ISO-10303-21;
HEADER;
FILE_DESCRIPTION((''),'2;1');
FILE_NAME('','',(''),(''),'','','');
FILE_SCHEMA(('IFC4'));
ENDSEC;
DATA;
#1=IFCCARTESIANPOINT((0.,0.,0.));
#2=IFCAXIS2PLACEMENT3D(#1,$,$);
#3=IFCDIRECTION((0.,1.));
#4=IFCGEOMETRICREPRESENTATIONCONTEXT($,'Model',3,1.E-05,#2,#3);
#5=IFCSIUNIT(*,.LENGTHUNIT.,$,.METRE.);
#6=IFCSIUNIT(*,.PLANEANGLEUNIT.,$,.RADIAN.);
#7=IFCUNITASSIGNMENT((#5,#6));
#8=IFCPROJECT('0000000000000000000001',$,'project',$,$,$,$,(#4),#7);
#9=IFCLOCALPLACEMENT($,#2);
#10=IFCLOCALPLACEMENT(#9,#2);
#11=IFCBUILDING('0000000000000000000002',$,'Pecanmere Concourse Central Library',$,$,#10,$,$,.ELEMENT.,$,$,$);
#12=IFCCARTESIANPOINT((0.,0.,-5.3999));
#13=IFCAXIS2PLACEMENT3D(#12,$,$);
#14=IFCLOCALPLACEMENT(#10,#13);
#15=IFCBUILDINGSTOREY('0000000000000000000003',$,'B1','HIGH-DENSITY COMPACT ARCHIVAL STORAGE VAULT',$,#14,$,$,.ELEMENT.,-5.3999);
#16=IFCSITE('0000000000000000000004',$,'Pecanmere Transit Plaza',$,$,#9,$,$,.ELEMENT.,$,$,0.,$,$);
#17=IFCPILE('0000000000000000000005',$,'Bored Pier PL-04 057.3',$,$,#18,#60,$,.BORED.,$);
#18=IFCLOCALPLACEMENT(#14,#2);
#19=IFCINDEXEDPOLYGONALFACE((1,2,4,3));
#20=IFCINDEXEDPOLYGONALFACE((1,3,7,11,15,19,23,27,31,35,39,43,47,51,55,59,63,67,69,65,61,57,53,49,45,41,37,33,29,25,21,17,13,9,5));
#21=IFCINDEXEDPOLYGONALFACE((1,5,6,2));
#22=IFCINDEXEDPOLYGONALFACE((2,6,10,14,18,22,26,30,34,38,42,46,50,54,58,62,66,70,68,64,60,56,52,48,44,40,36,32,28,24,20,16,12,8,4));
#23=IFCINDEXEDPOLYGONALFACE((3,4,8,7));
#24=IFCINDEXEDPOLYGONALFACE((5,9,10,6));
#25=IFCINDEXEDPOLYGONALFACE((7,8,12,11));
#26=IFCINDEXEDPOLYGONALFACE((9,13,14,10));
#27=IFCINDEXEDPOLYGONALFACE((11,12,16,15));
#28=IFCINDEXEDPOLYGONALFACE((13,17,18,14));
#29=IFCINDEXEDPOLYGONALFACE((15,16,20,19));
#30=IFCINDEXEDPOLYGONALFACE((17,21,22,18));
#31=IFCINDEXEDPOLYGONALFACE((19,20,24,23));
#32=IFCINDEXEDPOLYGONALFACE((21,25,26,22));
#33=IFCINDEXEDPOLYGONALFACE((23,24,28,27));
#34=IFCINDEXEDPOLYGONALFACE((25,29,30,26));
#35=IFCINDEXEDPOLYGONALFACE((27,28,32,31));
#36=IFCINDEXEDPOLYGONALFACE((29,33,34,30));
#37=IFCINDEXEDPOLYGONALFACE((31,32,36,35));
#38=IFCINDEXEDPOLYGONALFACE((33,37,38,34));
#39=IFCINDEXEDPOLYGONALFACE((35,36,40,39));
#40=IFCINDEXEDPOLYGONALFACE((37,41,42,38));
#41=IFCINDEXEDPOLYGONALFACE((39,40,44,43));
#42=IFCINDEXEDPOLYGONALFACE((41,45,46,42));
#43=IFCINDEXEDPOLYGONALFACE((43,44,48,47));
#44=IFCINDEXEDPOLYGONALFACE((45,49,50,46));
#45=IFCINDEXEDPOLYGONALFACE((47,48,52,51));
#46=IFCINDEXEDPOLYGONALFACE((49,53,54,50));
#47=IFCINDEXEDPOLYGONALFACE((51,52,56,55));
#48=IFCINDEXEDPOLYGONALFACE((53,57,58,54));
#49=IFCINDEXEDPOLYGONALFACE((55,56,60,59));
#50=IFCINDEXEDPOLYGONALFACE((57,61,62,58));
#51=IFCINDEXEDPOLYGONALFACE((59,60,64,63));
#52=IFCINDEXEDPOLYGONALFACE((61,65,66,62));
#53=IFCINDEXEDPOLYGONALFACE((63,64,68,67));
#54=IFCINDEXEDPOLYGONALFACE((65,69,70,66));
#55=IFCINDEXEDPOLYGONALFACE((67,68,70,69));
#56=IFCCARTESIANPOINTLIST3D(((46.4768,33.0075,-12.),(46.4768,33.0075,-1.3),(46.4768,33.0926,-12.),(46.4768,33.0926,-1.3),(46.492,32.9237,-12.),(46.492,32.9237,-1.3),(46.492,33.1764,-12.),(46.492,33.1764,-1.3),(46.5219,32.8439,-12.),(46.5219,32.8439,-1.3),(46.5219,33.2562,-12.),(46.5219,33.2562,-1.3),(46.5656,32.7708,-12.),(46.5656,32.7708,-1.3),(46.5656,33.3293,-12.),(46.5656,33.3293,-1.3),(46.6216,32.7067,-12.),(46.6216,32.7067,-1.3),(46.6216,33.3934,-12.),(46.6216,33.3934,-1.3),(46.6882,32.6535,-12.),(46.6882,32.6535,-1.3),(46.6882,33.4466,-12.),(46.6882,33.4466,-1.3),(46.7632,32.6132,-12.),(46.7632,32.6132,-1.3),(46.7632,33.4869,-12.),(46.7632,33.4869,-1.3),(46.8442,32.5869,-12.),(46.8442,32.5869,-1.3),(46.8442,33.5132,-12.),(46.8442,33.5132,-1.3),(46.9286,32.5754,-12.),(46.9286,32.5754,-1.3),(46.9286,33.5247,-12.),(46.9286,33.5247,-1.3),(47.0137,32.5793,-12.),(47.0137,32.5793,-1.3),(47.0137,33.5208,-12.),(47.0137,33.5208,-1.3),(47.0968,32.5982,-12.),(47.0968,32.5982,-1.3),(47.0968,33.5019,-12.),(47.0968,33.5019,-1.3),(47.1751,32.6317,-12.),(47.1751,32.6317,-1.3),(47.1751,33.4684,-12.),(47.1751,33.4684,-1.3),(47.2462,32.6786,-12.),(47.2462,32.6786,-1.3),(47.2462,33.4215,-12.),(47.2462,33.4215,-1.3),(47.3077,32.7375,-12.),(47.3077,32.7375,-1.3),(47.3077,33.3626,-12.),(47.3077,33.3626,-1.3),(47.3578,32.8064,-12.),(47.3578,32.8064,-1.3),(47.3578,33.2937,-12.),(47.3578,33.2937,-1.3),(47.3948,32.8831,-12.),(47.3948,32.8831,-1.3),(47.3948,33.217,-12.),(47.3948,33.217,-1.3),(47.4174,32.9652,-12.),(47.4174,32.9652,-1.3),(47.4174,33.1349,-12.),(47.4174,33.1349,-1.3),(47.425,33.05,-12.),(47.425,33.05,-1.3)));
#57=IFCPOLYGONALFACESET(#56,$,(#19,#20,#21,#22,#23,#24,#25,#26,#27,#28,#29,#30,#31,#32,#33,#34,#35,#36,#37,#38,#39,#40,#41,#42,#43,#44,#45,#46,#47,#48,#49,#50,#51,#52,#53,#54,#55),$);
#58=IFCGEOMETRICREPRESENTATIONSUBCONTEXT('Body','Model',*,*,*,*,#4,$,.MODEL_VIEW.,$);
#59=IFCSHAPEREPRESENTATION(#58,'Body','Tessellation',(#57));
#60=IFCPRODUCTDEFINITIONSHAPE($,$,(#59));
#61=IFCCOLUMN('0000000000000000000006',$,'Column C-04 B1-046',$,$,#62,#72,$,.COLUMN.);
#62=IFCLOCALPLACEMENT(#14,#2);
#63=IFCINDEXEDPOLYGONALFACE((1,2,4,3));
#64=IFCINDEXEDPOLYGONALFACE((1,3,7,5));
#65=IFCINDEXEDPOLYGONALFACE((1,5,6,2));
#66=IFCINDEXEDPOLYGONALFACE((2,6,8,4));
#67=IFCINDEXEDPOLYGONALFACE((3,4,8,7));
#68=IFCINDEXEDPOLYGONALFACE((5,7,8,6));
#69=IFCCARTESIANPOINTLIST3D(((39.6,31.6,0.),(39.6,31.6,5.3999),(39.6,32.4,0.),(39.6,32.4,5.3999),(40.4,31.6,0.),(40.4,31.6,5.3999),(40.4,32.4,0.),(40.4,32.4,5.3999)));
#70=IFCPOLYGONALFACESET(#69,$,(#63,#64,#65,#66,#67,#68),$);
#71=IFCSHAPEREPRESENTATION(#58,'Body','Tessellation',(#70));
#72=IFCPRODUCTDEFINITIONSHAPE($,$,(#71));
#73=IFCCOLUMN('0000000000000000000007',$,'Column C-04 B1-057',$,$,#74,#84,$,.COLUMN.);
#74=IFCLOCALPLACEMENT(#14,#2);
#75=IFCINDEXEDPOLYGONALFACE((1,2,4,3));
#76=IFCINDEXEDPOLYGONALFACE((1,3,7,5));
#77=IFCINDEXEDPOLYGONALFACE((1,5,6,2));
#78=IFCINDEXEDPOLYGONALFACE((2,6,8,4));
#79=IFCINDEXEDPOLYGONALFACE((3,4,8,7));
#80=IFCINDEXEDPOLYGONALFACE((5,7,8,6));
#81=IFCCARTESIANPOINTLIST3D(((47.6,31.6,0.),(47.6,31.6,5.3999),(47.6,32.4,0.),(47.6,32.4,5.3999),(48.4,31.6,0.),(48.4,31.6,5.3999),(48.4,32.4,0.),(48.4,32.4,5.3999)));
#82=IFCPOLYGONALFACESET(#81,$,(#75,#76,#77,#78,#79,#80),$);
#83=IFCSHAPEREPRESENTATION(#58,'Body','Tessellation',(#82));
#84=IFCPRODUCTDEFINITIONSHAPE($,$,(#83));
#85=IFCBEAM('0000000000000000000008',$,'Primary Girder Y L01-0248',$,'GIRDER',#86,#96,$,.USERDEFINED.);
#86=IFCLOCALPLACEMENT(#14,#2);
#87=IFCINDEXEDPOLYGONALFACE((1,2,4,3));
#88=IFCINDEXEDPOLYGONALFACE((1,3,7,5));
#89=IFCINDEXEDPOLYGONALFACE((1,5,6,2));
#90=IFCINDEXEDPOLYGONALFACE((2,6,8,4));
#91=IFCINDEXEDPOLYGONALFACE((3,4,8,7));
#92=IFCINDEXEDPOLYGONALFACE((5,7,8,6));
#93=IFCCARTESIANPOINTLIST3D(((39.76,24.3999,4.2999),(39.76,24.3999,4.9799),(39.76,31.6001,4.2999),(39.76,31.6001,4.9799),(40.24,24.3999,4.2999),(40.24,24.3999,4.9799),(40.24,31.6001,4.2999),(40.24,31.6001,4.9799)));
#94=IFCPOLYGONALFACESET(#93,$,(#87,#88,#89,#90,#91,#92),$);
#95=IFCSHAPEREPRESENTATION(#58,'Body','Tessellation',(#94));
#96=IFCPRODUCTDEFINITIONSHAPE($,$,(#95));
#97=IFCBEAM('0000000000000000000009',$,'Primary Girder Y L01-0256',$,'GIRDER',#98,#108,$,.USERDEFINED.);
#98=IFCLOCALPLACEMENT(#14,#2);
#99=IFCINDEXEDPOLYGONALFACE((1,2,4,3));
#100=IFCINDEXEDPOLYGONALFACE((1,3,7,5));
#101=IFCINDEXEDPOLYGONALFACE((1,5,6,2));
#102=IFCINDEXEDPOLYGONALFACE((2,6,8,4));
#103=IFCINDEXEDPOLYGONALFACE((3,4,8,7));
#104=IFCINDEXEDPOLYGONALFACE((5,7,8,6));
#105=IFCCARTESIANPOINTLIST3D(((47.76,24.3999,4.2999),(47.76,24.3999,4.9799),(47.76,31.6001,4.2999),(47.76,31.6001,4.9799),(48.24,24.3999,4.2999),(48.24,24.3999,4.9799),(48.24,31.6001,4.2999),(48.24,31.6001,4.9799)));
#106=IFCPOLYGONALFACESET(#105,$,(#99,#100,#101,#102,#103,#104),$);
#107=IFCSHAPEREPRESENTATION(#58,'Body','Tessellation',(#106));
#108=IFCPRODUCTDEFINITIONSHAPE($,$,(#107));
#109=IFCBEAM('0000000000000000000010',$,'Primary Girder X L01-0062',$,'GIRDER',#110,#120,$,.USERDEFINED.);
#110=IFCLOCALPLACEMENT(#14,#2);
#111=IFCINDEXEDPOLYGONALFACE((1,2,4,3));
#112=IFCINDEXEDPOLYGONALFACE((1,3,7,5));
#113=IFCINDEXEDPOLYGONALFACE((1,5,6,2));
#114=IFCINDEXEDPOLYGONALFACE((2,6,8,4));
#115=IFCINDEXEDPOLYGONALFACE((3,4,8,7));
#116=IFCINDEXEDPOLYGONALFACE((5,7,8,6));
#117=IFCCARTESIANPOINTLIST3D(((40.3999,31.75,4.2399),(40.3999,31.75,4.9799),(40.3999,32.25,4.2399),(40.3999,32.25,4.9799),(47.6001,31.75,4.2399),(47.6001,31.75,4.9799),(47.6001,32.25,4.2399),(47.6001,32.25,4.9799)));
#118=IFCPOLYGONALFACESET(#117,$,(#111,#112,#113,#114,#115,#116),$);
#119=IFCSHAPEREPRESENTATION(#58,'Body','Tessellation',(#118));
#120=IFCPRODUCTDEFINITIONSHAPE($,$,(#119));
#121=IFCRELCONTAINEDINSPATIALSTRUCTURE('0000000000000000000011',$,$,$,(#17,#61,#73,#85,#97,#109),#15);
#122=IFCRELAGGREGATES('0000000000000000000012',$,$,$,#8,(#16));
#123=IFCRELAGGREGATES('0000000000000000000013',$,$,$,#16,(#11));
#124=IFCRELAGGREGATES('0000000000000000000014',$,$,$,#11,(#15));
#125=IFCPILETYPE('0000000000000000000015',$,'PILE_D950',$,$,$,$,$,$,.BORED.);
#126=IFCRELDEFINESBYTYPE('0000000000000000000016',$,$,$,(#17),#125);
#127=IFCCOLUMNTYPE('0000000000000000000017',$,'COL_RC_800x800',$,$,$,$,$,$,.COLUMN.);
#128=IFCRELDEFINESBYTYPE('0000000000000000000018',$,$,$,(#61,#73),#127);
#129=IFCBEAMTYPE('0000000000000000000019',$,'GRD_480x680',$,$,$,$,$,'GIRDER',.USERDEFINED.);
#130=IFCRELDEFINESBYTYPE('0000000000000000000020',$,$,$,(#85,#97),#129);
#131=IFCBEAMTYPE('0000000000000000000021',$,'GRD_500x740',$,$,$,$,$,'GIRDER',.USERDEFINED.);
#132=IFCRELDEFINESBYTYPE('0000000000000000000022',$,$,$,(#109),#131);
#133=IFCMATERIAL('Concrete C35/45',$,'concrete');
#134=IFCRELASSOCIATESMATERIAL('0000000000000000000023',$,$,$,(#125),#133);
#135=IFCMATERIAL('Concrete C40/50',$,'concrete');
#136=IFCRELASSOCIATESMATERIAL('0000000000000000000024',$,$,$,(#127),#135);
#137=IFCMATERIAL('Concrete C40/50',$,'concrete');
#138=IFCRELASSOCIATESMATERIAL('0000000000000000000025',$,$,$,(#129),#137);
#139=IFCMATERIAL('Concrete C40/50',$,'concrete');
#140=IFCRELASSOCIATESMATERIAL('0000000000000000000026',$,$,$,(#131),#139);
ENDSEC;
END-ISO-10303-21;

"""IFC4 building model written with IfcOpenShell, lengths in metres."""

from ifc_helpers import new_model, si_unit, direction, frame, origin, origin_2d, place, context, subcontext, project, spatial, rectangle, circle, extrude, material, material_profile, profile_set, type_object, element, save


model = new_model("IFC4")

# Units and contexts
model_context = context("Model", 3, precision=1e-05, world=origin(), true_north=direction((0.0, 1.0)))
body_context = subcontext(model_context, "Body", "Model", "MODEL_VIEW")
ifc_project = project(units=[si_unit("LENGTHUNIT", "METRE"), si_unit("PLANEANGLEUNIT", "RADIAN")], contexts=[model_context])

# Site, building, storey
site_placement = place(None, origin())
site = spatial("IfcSite", under=ifc_project, at=site_placement, Name="Pecanmere Transit Plaza", CompositionType="ELEMENT", RefElevation=0.0)
building_placement = place(site_placement, origin())
building = spatial("IfcBuilding", under=site, at=building_placement, Name="Pecanmere Concourse Central Library", CompositionType="ELEMENT")
storey_placement = place(building_placement, frame((0.0, 0.0, -5.3999)))
storey = spatial("IfcBuildingStorey", under=building, at=storey_placement, Name="B1", Description="HIGH-DENSITY COMPACT ARCHIVAL STORAGE VAULT", CompositionType="ELEMENT", Elevation=-5.3999)

# Pile
ifc_material_1 = material(Name="Concrete C35/45", Category="concrete")
ifc_material_profile_1 = material_profile(ifc_material_1, circle(Radius=0.4751, at=origin_2d()), Name="PIER D950")
ifc_profile_set_1 = profile_set([ifc_material_profile_1], Name="Concrete C35/45")
pile_type = type_object("IfcPileType", Name="PILE_D950", PredefinedType="BORED", material=ifc_profile_set_1)
for number, where, z_axis, x_axis, name in (
    (1, (46.95, 33.05, -1.3), (0.0, 0.0, -1.0), (1.0, 0.0, 0.0), "Bored Pier PL-04 057.3"),
):
    element("IfcPile", number, at=place(storey_placement, frame(where, z_axis=z_axis, x_axis=x_axis)), inside=storey, type_object=pile_type, Name=name, PredefinedType="BORED", context=body_context, shape_type="SweptSolid", body=[
        extrude(circle(Radius=0.4751, at=origin_2d()), origin(), (0.0, 0.0, 1.0), 10.7),
    ])

# Columns
ifc_material_2 = material(Name="Concrete C40/50", Category="concrete")
ifc_material_profile_2 = material_profile(ifc_material_2, rectangle(XDim=0.8, YDim=0.8, at=origin_2d()), Name="RC 800x800")
ifc_profile_set_2 = profile_set([ifc_material_profile_2], Name="Concrete C40/50")
column_type = type_object("IfcColumnType", Name="COL_RC_800x800", PredefinedType="COLUMN", material=ifc_profile_set_2)
for number, where, z_axis, x_axis, name in (
    (2, (40.0, 32.0, 0.0), (0.0, 0.0, 1.0), (1.0, 0.0, 0.0), "Column C-04 B1-046"),
    (3, (48.0, 32.0, 0.0), (0.0, 0.0, 1.0), (1.0, 0.0, 0.0), "Column C-04 B1-057"),
):
    element("IfcColumn", number, at=place(storey_placement, frame(where, z_axis=z_axis, x_axis=x_axis)), inside=storey, type_object=column_type, Name=name, PredefinedType="COLUMN", context=body_context, shape_type="SweptSolid", body=[
        extrude(rectangle(XDim=0.8, YDim=0.8, at=origin_2d()), origin(), (0.0, 0.0, 1.0), 5.3999),
    ])

# Beams
ifc_material_3 = material(Name="Concrete C40/50", Category="concrete")
ifc_material_profile_3 = material_profile(ifc_material_3, rectangle(XDim=0.48, YDim=0.6799, at=origin_2d()), Name="RC 480x680")
ifc_profile_set_3 = profile_set([ifc_material_profile_3], Name="Concrete C40/50")
beam_type_1 = type_object("IfcBeamType", Name="GRD_480x680", ElementType="GIRDER", PredefinedType="USERDEFINED", material=ifc_profile_set_3)
for number, where, z_axis, x_axis, name in (
    (4, (40.0, 24.3999, 4.6399), (0.0, 1.0, 0.0), (-1.0, 0.0, 0.0), "Primary Girder Y L01-0248"),
    (5, (48.0, 24.3999, 4.6399), (0.0, 1.0, 0.0), (-1.0, 0.0, 0.0), "Primary Girder Y L01-0256"),
):
    element("IfcBeam", number, at=place(storey_placement, frame(where, z_axis=z_axis, x_axis=x_axis)), inside=storey, type_object=beam_type_1, Name=name, ObjectType="GIRDER", PredefinedType="USERDEFINED", context=body_context, shape_type="SweptSolid", body=[
        extrude(rectangle(XDim=0.48, YDim=0.6799, at=origin_2d()), origin(), (0.0, 0.0, 1.0), 7.2002),
    ])
ifc_material_4 = material(Name="Concrete C40/50", Category="concrete")
ifc_material_profile_4 = material_profile(ifc_material_4, rectangle(XDim=0.5, YDim=0.74, at=origin_2d()), Name="RC 500x740")
ifc_profile_set_4 = profile_set([ifc_material_profile_4], Name="Concrete C40/50")
beam_type_2 = type_object("IfcBeamType", Name="GRD_500x740", ElementType="GIRDER", PredefinedType="USERDEFINED", material=ifc_profile_set_4)
beam_placement = place(storey_placement, frame((40.3999, 32.0, 4.6099), z_axis=(1.0, 0.0, 0.0), x_axis=(0.0, 1.0, 0.0)))
element("IfcBeam", 6, at=beam_placement, inside=storey, type_object=beam_type_2, Name="Primary Girder X L01-0062", ObjectType="GIRDER", PredefinedType="USERDEFINED", context=body_context, shape_type="SweptSolid", body=[
    extrude(rectangle(XDim=0.5, YDim=0.74, at=origin_2d()), origin(), (0.0, 0.0, 1.0), 7.2002),
])

save(model, "model.ifc")
